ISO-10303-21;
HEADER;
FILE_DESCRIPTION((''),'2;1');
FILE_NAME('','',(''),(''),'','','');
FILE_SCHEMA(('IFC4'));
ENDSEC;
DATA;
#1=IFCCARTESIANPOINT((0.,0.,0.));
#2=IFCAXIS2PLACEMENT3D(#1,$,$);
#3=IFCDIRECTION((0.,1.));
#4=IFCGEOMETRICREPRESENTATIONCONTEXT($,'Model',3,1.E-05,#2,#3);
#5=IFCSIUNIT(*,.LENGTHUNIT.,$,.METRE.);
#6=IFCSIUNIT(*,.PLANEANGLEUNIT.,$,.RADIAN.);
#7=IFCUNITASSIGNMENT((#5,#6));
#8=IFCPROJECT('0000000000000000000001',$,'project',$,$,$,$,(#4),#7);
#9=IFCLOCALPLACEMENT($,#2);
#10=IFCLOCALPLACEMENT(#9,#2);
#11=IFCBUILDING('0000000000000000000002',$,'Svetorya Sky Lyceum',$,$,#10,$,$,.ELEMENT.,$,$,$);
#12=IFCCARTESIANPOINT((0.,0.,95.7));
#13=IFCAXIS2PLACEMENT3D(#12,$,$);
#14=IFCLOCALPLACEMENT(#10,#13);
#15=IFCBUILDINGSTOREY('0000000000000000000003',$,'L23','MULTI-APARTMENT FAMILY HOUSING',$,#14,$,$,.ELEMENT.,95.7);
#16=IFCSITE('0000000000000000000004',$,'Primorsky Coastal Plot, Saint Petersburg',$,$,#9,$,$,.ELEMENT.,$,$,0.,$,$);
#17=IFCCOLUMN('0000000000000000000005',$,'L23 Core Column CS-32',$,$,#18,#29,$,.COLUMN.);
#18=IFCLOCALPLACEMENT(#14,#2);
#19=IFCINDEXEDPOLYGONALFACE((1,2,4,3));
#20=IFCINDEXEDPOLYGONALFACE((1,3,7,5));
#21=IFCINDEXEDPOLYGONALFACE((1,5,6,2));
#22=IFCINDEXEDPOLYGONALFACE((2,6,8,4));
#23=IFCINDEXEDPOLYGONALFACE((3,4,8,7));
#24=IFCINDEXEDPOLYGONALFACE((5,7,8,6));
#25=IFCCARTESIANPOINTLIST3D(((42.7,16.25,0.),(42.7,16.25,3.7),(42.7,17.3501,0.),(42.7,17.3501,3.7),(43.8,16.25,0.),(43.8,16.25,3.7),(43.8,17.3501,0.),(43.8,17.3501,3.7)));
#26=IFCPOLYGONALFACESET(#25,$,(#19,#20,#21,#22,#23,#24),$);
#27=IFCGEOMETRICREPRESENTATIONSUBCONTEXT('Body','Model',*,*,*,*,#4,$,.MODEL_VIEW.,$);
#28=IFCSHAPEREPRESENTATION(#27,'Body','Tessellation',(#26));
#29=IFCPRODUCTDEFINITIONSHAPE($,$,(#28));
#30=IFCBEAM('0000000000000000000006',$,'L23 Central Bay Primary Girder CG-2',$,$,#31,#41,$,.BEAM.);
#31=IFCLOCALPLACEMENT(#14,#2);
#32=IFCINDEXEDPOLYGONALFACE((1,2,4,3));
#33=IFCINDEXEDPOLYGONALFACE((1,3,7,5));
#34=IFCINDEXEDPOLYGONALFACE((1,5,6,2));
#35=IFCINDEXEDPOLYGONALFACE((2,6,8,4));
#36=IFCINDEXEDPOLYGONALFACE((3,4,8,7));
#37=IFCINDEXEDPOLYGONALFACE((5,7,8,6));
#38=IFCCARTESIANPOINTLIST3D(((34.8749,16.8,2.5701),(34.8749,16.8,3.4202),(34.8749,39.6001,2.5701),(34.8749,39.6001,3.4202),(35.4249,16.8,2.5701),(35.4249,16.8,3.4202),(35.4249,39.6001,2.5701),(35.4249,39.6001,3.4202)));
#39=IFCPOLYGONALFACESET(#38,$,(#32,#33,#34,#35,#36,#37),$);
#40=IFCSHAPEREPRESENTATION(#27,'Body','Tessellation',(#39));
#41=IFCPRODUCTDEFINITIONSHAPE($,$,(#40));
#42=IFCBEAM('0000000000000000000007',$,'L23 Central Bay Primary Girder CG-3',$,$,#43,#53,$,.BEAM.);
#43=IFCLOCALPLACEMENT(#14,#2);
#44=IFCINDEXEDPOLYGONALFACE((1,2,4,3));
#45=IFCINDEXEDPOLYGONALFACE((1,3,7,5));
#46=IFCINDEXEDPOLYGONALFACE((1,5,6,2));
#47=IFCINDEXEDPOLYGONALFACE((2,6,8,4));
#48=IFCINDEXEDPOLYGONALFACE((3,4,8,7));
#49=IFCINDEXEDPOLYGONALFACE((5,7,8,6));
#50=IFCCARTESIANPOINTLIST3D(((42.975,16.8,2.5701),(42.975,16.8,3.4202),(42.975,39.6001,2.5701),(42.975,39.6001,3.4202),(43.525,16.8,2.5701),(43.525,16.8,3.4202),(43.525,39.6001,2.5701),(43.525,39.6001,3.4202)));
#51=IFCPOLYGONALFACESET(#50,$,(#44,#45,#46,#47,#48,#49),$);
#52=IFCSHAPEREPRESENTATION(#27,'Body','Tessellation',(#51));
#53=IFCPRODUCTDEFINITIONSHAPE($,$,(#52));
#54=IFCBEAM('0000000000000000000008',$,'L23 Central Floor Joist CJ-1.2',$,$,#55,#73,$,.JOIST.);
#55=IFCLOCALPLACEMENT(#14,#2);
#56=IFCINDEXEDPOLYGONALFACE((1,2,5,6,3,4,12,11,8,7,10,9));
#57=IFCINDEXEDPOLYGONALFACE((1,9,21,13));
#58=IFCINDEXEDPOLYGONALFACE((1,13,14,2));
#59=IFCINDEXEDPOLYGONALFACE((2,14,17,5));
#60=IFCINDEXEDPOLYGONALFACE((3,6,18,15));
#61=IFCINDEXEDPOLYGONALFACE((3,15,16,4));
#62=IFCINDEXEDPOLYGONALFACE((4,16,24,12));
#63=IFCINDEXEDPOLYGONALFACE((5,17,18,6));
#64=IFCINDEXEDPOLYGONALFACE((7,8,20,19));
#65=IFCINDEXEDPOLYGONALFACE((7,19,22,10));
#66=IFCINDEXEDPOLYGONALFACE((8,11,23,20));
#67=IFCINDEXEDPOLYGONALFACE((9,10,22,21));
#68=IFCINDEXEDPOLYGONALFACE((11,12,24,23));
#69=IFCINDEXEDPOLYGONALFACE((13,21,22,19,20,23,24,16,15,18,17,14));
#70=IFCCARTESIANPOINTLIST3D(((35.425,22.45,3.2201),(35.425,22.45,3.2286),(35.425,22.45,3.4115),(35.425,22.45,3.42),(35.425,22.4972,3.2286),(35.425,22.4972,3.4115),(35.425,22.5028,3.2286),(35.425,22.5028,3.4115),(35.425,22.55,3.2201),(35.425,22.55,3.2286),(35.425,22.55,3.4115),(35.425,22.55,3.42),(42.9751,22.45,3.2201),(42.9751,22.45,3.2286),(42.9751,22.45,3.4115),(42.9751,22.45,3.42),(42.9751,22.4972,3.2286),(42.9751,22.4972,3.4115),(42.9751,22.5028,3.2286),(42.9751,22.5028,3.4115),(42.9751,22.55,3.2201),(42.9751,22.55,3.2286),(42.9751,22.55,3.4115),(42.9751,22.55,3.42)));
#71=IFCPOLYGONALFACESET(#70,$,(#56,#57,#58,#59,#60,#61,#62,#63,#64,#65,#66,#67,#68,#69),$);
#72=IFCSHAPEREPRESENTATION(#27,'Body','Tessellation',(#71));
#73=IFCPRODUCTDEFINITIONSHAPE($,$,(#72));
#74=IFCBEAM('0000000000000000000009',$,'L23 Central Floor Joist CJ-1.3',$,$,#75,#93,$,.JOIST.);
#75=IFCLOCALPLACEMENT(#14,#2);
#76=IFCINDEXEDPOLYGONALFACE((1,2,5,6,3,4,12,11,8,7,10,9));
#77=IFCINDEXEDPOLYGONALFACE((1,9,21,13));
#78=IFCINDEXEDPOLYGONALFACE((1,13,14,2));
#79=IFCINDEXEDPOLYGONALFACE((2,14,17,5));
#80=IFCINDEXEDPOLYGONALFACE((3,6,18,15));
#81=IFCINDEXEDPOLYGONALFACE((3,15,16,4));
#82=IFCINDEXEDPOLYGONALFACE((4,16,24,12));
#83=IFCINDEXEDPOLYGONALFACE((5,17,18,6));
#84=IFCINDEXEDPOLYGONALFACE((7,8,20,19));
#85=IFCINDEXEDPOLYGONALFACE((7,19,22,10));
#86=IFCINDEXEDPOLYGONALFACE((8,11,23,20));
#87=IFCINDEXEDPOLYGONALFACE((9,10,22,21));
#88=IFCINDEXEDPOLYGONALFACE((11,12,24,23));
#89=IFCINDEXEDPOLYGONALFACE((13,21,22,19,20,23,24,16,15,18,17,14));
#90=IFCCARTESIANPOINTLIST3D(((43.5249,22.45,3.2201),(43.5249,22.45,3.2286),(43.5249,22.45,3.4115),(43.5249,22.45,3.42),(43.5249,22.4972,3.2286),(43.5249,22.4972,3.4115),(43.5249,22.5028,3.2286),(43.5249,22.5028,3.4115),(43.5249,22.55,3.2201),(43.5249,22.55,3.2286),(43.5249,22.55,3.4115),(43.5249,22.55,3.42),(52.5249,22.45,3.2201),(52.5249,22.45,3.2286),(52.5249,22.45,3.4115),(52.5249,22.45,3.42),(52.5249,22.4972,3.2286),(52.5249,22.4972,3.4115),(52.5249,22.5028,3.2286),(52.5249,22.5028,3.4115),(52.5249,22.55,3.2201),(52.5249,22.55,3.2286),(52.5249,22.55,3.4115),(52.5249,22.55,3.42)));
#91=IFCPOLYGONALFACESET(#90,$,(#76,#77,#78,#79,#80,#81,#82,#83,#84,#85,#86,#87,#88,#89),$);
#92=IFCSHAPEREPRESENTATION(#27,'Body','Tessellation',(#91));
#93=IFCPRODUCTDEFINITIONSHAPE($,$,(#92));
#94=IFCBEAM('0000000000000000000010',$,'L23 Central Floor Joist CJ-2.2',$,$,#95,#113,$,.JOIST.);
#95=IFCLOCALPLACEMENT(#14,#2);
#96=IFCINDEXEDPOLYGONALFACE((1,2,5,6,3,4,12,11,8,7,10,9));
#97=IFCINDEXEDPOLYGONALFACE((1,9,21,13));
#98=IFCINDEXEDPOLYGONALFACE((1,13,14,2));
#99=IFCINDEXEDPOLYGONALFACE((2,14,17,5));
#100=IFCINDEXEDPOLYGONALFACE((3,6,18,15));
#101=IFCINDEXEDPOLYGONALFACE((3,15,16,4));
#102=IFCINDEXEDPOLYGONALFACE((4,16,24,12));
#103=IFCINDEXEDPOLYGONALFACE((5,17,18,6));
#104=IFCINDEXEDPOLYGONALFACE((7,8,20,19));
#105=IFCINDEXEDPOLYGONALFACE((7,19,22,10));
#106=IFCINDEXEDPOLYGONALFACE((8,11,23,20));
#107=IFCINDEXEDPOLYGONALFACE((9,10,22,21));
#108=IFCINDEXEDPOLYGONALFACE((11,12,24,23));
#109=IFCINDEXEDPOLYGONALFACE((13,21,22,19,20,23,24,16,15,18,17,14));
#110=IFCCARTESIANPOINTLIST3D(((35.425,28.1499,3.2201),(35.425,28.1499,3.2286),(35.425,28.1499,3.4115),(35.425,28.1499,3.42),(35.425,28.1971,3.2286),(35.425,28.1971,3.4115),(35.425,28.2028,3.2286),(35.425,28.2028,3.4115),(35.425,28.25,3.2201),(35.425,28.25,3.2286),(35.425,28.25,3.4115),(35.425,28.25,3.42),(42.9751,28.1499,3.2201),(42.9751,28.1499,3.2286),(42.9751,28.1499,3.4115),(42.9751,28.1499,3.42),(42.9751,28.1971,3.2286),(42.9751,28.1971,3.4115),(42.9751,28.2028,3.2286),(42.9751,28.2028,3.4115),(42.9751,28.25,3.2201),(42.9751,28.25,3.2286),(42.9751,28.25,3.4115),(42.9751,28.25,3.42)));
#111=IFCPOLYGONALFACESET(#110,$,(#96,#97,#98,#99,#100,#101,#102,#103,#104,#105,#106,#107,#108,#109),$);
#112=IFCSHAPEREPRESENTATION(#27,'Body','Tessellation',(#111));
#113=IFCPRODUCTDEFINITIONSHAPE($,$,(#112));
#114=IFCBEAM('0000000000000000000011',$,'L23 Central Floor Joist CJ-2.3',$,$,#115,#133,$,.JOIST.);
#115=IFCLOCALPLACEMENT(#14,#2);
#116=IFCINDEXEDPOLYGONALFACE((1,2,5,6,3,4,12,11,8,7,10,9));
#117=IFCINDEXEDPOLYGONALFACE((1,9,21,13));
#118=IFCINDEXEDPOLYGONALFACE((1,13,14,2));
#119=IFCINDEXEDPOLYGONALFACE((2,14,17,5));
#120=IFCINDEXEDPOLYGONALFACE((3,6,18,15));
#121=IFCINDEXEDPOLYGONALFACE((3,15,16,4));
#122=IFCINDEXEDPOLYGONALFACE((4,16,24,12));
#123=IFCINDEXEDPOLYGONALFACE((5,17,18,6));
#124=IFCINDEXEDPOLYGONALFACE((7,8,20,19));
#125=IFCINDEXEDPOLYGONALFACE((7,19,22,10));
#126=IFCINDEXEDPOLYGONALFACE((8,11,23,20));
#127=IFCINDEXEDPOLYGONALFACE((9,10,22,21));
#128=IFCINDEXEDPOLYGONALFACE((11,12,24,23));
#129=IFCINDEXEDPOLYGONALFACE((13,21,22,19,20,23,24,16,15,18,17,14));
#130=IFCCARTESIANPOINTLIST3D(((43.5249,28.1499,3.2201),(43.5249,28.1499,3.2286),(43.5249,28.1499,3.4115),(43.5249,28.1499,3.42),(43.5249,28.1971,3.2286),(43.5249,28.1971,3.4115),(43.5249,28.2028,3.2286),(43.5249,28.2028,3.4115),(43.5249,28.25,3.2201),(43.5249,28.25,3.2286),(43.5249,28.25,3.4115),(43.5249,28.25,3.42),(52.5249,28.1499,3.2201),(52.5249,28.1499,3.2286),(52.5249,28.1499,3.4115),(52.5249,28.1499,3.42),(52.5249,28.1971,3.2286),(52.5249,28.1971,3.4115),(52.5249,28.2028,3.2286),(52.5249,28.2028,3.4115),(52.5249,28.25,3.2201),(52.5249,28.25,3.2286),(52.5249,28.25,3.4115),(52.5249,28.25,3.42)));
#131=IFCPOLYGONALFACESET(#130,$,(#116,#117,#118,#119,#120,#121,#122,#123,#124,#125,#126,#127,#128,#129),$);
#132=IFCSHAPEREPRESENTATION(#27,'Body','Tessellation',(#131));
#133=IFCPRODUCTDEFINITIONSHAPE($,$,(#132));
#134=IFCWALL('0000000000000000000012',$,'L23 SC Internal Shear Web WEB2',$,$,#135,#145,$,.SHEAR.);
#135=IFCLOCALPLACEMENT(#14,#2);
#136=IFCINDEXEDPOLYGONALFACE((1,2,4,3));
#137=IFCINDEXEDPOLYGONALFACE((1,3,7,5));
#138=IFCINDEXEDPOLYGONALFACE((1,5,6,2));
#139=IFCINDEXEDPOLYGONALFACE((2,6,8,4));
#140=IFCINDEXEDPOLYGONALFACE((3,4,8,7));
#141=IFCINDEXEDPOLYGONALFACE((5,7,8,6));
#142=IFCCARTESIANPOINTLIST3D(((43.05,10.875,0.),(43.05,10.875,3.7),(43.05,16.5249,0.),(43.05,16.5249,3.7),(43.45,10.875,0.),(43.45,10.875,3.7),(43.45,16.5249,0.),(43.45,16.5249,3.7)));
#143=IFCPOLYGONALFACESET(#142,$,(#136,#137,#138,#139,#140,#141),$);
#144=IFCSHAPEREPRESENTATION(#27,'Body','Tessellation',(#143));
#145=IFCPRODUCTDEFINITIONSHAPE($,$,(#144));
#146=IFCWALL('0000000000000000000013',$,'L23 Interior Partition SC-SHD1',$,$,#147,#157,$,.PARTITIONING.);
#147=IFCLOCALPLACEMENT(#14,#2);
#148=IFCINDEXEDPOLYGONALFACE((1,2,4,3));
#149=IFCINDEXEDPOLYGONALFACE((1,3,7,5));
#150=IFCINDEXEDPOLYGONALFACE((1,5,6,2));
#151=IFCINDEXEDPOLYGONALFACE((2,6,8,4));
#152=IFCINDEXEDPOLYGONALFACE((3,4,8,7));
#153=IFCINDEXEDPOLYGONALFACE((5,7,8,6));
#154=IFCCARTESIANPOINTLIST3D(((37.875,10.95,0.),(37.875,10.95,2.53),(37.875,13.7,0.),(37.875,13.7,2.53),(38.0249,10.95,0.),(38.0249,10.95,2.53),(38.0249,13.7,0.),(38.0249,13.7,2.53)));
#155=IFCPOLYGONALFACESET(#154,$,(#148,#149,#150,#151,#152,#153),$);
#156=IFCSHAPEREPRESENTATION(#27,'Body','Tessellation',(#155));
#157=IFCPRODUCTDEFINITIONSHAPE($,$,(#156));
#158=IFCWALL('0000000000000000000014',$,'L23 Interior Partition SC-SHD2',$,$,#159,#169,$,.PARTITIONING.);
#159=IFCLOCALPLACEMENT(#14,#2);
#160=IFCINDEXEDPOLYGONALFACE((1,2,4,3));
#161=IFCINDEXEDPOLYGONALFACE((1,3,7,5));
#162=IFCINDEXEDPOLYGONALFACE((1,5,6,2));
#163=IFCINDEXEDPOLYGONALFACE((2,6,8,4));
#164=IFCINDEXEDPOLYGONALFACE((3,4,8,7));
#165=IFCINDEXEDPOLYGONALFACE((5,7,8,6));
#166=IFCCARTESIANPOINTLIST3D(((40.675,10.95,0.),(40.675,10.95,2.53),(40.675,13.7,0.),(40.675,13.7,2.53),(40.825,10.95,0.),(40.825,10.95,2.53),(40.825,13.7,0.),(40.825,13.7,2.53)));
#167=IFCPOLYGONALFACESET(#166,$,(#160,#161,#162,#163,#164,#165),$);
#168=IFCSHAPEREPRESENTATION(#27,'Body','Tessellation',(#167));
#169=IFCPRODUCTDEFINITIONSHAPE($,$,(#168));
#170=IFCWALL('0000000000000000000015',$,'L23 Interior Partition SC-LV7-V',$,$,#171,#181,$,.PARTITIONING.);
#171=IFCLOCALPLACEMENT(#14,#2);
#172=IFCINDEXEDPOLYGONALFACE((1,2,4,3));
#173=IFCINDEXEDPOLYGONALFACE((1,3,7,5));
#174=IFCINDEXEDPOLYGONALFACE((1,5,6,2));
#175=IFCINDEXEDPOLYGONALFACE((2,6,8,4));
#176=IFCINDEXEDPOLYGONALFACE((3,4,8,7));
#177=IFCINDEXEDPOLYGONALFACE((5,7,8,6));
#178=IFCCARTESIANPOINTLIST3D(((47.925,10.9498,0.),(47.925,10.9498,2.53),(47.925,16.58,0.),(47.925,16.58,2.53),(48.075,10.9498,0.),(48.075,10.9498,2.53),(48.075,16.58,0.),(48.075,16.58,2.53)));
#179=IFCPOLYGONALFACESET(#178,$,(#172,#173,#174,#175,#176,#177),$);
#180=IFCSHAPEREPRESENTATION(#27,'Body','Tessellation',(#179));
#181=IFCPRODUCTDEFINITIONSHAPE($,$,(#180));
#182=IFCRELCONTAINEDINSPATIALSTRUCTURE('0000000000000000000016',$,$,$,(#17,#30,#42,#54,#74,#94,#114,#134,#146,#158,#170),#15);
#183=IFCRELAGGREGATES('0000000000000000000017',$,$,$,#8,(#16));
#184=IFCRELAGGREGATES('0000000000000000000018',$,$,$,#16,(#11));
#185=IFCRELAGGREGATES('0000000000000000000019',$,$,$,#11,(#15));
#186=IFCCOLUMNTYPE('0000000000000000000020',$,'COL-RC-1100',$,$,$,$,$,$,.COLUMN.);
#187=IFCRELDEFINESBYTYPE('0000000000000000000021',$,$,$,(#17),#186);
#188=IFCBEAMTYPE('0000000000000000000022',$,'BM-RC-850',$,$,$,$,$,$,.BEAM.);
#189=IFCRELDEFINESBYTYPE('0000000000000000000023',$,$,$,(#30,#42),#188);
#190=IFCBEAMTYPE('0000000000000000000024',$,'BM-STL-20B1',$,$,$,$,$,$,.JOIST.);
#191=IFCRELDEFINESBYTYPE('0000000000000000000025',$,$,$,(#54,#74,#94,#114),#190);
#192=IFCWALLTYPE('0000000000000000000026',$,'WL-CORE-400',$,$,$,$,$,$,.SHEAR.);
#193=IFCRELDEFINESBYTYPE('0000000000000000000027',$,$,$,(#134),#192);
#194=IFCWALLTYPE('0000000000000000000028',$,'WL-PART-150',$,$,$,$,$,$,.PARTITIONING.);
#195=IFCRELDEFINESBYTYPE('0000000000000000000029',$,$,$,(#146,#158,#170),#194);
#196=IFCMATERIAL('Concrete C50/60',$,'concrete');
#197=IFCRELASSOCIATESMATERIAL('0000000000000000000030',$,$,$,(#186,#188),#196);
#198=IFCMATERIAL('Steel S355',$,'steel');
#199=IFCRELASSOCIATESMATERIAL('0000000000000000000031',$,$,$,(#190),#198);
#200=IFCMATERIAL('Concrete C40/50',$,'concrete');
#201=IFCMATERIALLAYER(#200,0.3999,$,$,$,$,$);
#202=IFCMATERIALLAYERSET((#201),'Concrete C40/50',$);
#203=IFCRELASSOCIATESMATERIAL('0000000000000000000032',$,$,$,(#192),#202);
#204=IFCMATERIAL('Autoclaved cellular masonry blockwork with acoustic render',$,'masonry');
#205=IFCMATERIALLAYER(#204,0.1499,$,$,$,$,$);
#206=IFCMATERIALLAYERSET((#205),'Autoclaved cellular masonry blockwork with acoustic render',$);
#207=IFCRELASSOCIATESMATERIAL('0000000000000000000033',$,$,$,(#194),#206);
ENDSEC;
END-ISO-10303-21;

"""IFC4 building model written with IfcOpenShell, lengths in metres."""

from ifc_helpers import new_model, si_unit, direction, frame, frame_2d, origin, origin_2d, place, context, subcontext, project, spatial, rectangle, i_section, extrude, material, layer, layer_set, material_profile, profile_set, type_object, element, save


model = new_model("IFC4")

# Units and contexts
model_context = context("Model", 3, precision=1e-05, world=origin(), true_north=direction((0.0, 1.0)))
body_context = subcontext(model_context, "Body", "Model", "MODEL_VIEW")
ifc_project = project(units=[si_unit("LENGTHUNIT", "METRE"), si_unit("PLANEANGLEUNIT", "RADIAN")], contexts=[model_context])

# Site, building, storey
site_placement = place(None, origin())
site = spatial("IfcSite", under=ifc_project, at=site_placement, Name="Primorsky Coastal Plot, Saint Petersburg", CompositionType="ELEMENT", RefElevation=0.0)
building_placement = place(site_placement, origin())
building = spatial("IfcBuilding", under=site, at=building_placement, Name="Svetorya Sky Lyceum", CompositionType="ELEMENT")
storey_placement = place(building_placement, frame((0.0, 0.0, 95.7)))
storey = spatial("IfcBuildingStorey", under=building, at=storey_placement, Name="L23", Description="MULTI-APARTMENT FAMILY HOUSING", CompositionType="ELEMENT", Elevation=95.7)

# Column
ifc_material_1 = material(Name="Concrete C50/60", Category="concrete")
ifc_material_profile_1 = material_profile(ifc_material_1, rectangle(XDim=1.1001, YDim=1.1001, at=origin_2d()), Name="RC COL 1100x1100")
ifc_profile_set_1 = profile_set([ifc_material_profile_1], Name="Concrete C50/60")
column_type = type_object("IfcColumnType", Name="COL-RC-1100", PredefinedType="COLUMN", material=ifc_profile_set_1)
column_placement = place(storey_placement, frame((43.25, 16.8, 0.0), z_axis=(0.0, 0.0, 1.0), x_axis=(1.0, 0.0, 0.0)))
element("IfcColumn", 1, at=column_placement, inside=storey, type_object=column_type, Name="L23 Core Column CS-32", PredefinedType="COLUMN", context=body_context, shape_type="SweptSolid", body=[
    extrude(rectangle(XDim=1.1001, YDim=1.1001, at=origin_2d()), origin(), (0.0, 0.0, 1.0), 3.7),
])

# Beams
ifc_material_profile_2 = material_profile(ifc_material_1, rectangle(XDim=0.55, YDim=0.8501, at=origin_2d()), Name="RC BEAM 550x850")
ifc_profile_set_2 = profile_set([ifc_material_profile_2], Name="Concrete C50/60")
beam_type_1 = type_object("IfcBeamType", Name="BM-RC-850", PredefinedType="BEAM", material=ifc_profile_set_2)
for number, where, z_axis, x_axis, name in (
    (2, (35.1499, 16.8, 2.9951), (0.0, 1.0, 0.0), (-1.0, 0.0, 0.0), "L23 Central Bay Primary Girder CG-2"),
    (3, (43.25, 16.8, 2.9951), (0.0, 1.0, 0.0), (-1.0, 0.0, 0.0), "L23 Central Bay Primary Girder CG-3"),
):
    element("IfcBeam", number, at=place(storey_placement, frame(where, z_axis=z_axis, x_axis=x_axis)), inside=storey, type_object=beam_type_1, Name=name, PredefinedType="BEAM", context=body_context, shape_type="SweptSolid", body=[
        extrude(rectangle(XDim=0.55, YDim=0.8501, at=origin_2d()), origin(), (0.0, 0.0, 1.0), 22.8),
    ])
ifc_material_2 = material(Name="Steel S355", Category="steel")
ifc_material_profile_3 = material_profile(ifc_material_2, i_section(OverallWidth=0.1001, OverallDepth=0.2, WebThickness=0.0056, FlangeThickness=0.0085, at=origin_2d()), Name="GOST 20B1")
ifc_profile_set_3 = profile_set([ifc_material_profile_3], Name="Steel S355")
beam_type_2 = type_object("IfcBeamType", Name="BM-STL-20B1", PredefinedType="JOIST", material=ifc_profile_set_3)
beam_1_placement = place(storey_placement, frame((35.425, 22.5, 3.3201), z_axis=(1.0, 0.0, 0.0), x_axis=(0.0, 1.0, 0.0)))
element("IfcBeam", 4, at=beam_1_placement, inside=storey, type_object=beam_type_2, Name="L23 Central Floor Joist CJ-1.2", PredefinedType="JOIST", context=body_context, shape_type="SweptSolid", body=[
    extrude(i_section(OverallWidth=0.1001, OverallDepth=0.2, WebThickness=0.0056, FlangeThickness=0.0085, at=origin_2d()), origin(), (0.0, 0.0, 1.0), 7.55),
])
beam_2_placement = place(storey_placement, frame((43.5249, 22.5, 3.3201), z_axis=(1.0, 0.0, 0.0), x_axis=(0.0, 1.0, 0.0)))
element("IfcBeam", 5, at=beam_2_placement, inside=storey, type_object=beam_type_2, Name="L23 Central Floor Joist CJ-1.3", PredefinedType="JOIST", context=body_context, shape_type="SweptSolid", body=[
    extrude(i_section(OverallWidth=0.1001, OverallDepth=0.2, WebThickness=0.0056, FlangeThickness=0.0085, at=origin_2d()), origin(), (0.0, 0.0, 1.0), 9.0),
])
beam_3_placement = place(storey_placement, frame((35.425, 28.2, 3.3201), z_axis=(1.0, 0.0, 0.0), x_axis=(0.0, 1.0, 0.0)))
element("IfcBeam", 6, at=beam_3_placement, inside=storey, type_object=beam_type_2, Name="L23 Central Floor Joist CJ-2.2", PredefinedType="JOIST", context=body_context, shape_type="SweptSolid", body=[
    extrude(i_section(OverallWidth=0.1001, OverallDepth=0.2, WebThickness=0.0056, FlangeThickness=0.0085, at=origin_2d()), origin(), (0.0, 0.0, 1.0), 7.55),
])
beam_4_placement = place(storey_placement, frame((43.5249, 28.2, 3.3201), z_axis=(1.0, 0.0, 0.0), x_axis=(0.0, 1.0, 0.0)))
element("IfcBeam", 7, at=beam_4_placement, inside=storey, type_object=beam_type_2, Name="L23 Central Floor Joist CJ-2.3", PredefinedType="JOIST", context=body_context, shape_type="SweptSolid", body=[
    extrude(i_section(OverallWidth=0.1001, OverallDepth=0.2, WebThickness=0.0056, FlangeThickness=0.0085, at=origin_2d()), origin(), (0.0, 0.0, 1.0), 9.0),
])

# Walls
ifc_material_3 = material(Name="Concrete C40/50", Category="concrete")
ifc_layer_1 = layer(ifc_material_3, 0.3999)
ifc_layer_set_1 = layer_set([ifc_layer_1], Name="Concrete C40/50")
wall_type_1 = type_object("IfcWallType", Name="WL-CORE-400", PredefinedType="SHEAR", material=ifc_layer_set_1)
wall_1_placement = place(storey_placement, frame((43.25, 10.875, 0.0), z_axis=(0.0, 0.0, 1.0), x_axis=(0.0, 1.0, 0.0)))
element("IfcWall", 8, at=wall_1_placement, inside=storey, type_object=wall_type_1, Name="L23 SC Internal Shear Web WEB2", PredefinedType="SHEAR", context=body_context, shape_type="SweptSolid", body=[
    extrude(rectangle(XDim=5.6499, YDim=0.3999, at=frame_2d((2.825, 0.0))), origin(), (0.0, 0.0, 1.0), 3.7),
])
ifc_material_4 = material(Name="Autoclaved cellular masonry blockwork with acoustic render", Category="masonry")
ifc_layer_2 = layer(ifc_material_4, 0.1499)
ifc_layer_set_2 = layer_set([ifc_layer_2], Name="Autoclaved cellular masonry blockwork with acoustic render")
wall_type_2 = type_object("IfcWallType", Name="WL-PART-150", PredefinedType="PARTITIONING", material=ifc_layer_set_2)
for number, where, z_axis, x_axis, name in (
    (9, (37.95, 10.95, 0.0), (0.0, 0.0, 1.0), (0.0, 1.0, 0.0), "L23 Interior Partition SC-SHD1"),
    (10, (40.75, 10.95, 0.0), (0.0, 0.0, 1.0), (0.0, 1.0, 0.0), "L23 Interior Partition SC-SHD2"),
):
    element("IfcWall", number, at=place(storey_placement, frame(where, z_axis=z_axis, x_axis=x_axis)), inside=storey, type_object=wall_type_2, Name=name, PredefinedType="PARTITIONING", context=body_context, shape_type="SweptSolid", body=[
        extrude(rectangle(XDim=2.75, YDim=0.1499, at=frame_2d((1.375, 0.0))), origin(), (0.0, 0.0, 1.0), 2.53),
    ])
wall_2_placement = place(storey_placement, frame((48.0, 10.95, 0.0), z_axis=(0.0, 0.0, 1.0), x_axis=(0.0, 1.0, 0.0)))
element("IfcWall", 11, at=wall_2_placement, inside=storey, type_object=wall_type_2, Name="L23 Interior Partition SC-LV7-V", PredefinedType="PARTITIONING", context=body_context, shape_type="SweptSolid", body=[
    extrude(rectangle(XDim=5.6301, YDim=0.1499, at=frame_2d((2.8149, 0.0))), origin(), (0.0, 0.0, 1.0), 2.53),
])

save(model, "model.ifc")
